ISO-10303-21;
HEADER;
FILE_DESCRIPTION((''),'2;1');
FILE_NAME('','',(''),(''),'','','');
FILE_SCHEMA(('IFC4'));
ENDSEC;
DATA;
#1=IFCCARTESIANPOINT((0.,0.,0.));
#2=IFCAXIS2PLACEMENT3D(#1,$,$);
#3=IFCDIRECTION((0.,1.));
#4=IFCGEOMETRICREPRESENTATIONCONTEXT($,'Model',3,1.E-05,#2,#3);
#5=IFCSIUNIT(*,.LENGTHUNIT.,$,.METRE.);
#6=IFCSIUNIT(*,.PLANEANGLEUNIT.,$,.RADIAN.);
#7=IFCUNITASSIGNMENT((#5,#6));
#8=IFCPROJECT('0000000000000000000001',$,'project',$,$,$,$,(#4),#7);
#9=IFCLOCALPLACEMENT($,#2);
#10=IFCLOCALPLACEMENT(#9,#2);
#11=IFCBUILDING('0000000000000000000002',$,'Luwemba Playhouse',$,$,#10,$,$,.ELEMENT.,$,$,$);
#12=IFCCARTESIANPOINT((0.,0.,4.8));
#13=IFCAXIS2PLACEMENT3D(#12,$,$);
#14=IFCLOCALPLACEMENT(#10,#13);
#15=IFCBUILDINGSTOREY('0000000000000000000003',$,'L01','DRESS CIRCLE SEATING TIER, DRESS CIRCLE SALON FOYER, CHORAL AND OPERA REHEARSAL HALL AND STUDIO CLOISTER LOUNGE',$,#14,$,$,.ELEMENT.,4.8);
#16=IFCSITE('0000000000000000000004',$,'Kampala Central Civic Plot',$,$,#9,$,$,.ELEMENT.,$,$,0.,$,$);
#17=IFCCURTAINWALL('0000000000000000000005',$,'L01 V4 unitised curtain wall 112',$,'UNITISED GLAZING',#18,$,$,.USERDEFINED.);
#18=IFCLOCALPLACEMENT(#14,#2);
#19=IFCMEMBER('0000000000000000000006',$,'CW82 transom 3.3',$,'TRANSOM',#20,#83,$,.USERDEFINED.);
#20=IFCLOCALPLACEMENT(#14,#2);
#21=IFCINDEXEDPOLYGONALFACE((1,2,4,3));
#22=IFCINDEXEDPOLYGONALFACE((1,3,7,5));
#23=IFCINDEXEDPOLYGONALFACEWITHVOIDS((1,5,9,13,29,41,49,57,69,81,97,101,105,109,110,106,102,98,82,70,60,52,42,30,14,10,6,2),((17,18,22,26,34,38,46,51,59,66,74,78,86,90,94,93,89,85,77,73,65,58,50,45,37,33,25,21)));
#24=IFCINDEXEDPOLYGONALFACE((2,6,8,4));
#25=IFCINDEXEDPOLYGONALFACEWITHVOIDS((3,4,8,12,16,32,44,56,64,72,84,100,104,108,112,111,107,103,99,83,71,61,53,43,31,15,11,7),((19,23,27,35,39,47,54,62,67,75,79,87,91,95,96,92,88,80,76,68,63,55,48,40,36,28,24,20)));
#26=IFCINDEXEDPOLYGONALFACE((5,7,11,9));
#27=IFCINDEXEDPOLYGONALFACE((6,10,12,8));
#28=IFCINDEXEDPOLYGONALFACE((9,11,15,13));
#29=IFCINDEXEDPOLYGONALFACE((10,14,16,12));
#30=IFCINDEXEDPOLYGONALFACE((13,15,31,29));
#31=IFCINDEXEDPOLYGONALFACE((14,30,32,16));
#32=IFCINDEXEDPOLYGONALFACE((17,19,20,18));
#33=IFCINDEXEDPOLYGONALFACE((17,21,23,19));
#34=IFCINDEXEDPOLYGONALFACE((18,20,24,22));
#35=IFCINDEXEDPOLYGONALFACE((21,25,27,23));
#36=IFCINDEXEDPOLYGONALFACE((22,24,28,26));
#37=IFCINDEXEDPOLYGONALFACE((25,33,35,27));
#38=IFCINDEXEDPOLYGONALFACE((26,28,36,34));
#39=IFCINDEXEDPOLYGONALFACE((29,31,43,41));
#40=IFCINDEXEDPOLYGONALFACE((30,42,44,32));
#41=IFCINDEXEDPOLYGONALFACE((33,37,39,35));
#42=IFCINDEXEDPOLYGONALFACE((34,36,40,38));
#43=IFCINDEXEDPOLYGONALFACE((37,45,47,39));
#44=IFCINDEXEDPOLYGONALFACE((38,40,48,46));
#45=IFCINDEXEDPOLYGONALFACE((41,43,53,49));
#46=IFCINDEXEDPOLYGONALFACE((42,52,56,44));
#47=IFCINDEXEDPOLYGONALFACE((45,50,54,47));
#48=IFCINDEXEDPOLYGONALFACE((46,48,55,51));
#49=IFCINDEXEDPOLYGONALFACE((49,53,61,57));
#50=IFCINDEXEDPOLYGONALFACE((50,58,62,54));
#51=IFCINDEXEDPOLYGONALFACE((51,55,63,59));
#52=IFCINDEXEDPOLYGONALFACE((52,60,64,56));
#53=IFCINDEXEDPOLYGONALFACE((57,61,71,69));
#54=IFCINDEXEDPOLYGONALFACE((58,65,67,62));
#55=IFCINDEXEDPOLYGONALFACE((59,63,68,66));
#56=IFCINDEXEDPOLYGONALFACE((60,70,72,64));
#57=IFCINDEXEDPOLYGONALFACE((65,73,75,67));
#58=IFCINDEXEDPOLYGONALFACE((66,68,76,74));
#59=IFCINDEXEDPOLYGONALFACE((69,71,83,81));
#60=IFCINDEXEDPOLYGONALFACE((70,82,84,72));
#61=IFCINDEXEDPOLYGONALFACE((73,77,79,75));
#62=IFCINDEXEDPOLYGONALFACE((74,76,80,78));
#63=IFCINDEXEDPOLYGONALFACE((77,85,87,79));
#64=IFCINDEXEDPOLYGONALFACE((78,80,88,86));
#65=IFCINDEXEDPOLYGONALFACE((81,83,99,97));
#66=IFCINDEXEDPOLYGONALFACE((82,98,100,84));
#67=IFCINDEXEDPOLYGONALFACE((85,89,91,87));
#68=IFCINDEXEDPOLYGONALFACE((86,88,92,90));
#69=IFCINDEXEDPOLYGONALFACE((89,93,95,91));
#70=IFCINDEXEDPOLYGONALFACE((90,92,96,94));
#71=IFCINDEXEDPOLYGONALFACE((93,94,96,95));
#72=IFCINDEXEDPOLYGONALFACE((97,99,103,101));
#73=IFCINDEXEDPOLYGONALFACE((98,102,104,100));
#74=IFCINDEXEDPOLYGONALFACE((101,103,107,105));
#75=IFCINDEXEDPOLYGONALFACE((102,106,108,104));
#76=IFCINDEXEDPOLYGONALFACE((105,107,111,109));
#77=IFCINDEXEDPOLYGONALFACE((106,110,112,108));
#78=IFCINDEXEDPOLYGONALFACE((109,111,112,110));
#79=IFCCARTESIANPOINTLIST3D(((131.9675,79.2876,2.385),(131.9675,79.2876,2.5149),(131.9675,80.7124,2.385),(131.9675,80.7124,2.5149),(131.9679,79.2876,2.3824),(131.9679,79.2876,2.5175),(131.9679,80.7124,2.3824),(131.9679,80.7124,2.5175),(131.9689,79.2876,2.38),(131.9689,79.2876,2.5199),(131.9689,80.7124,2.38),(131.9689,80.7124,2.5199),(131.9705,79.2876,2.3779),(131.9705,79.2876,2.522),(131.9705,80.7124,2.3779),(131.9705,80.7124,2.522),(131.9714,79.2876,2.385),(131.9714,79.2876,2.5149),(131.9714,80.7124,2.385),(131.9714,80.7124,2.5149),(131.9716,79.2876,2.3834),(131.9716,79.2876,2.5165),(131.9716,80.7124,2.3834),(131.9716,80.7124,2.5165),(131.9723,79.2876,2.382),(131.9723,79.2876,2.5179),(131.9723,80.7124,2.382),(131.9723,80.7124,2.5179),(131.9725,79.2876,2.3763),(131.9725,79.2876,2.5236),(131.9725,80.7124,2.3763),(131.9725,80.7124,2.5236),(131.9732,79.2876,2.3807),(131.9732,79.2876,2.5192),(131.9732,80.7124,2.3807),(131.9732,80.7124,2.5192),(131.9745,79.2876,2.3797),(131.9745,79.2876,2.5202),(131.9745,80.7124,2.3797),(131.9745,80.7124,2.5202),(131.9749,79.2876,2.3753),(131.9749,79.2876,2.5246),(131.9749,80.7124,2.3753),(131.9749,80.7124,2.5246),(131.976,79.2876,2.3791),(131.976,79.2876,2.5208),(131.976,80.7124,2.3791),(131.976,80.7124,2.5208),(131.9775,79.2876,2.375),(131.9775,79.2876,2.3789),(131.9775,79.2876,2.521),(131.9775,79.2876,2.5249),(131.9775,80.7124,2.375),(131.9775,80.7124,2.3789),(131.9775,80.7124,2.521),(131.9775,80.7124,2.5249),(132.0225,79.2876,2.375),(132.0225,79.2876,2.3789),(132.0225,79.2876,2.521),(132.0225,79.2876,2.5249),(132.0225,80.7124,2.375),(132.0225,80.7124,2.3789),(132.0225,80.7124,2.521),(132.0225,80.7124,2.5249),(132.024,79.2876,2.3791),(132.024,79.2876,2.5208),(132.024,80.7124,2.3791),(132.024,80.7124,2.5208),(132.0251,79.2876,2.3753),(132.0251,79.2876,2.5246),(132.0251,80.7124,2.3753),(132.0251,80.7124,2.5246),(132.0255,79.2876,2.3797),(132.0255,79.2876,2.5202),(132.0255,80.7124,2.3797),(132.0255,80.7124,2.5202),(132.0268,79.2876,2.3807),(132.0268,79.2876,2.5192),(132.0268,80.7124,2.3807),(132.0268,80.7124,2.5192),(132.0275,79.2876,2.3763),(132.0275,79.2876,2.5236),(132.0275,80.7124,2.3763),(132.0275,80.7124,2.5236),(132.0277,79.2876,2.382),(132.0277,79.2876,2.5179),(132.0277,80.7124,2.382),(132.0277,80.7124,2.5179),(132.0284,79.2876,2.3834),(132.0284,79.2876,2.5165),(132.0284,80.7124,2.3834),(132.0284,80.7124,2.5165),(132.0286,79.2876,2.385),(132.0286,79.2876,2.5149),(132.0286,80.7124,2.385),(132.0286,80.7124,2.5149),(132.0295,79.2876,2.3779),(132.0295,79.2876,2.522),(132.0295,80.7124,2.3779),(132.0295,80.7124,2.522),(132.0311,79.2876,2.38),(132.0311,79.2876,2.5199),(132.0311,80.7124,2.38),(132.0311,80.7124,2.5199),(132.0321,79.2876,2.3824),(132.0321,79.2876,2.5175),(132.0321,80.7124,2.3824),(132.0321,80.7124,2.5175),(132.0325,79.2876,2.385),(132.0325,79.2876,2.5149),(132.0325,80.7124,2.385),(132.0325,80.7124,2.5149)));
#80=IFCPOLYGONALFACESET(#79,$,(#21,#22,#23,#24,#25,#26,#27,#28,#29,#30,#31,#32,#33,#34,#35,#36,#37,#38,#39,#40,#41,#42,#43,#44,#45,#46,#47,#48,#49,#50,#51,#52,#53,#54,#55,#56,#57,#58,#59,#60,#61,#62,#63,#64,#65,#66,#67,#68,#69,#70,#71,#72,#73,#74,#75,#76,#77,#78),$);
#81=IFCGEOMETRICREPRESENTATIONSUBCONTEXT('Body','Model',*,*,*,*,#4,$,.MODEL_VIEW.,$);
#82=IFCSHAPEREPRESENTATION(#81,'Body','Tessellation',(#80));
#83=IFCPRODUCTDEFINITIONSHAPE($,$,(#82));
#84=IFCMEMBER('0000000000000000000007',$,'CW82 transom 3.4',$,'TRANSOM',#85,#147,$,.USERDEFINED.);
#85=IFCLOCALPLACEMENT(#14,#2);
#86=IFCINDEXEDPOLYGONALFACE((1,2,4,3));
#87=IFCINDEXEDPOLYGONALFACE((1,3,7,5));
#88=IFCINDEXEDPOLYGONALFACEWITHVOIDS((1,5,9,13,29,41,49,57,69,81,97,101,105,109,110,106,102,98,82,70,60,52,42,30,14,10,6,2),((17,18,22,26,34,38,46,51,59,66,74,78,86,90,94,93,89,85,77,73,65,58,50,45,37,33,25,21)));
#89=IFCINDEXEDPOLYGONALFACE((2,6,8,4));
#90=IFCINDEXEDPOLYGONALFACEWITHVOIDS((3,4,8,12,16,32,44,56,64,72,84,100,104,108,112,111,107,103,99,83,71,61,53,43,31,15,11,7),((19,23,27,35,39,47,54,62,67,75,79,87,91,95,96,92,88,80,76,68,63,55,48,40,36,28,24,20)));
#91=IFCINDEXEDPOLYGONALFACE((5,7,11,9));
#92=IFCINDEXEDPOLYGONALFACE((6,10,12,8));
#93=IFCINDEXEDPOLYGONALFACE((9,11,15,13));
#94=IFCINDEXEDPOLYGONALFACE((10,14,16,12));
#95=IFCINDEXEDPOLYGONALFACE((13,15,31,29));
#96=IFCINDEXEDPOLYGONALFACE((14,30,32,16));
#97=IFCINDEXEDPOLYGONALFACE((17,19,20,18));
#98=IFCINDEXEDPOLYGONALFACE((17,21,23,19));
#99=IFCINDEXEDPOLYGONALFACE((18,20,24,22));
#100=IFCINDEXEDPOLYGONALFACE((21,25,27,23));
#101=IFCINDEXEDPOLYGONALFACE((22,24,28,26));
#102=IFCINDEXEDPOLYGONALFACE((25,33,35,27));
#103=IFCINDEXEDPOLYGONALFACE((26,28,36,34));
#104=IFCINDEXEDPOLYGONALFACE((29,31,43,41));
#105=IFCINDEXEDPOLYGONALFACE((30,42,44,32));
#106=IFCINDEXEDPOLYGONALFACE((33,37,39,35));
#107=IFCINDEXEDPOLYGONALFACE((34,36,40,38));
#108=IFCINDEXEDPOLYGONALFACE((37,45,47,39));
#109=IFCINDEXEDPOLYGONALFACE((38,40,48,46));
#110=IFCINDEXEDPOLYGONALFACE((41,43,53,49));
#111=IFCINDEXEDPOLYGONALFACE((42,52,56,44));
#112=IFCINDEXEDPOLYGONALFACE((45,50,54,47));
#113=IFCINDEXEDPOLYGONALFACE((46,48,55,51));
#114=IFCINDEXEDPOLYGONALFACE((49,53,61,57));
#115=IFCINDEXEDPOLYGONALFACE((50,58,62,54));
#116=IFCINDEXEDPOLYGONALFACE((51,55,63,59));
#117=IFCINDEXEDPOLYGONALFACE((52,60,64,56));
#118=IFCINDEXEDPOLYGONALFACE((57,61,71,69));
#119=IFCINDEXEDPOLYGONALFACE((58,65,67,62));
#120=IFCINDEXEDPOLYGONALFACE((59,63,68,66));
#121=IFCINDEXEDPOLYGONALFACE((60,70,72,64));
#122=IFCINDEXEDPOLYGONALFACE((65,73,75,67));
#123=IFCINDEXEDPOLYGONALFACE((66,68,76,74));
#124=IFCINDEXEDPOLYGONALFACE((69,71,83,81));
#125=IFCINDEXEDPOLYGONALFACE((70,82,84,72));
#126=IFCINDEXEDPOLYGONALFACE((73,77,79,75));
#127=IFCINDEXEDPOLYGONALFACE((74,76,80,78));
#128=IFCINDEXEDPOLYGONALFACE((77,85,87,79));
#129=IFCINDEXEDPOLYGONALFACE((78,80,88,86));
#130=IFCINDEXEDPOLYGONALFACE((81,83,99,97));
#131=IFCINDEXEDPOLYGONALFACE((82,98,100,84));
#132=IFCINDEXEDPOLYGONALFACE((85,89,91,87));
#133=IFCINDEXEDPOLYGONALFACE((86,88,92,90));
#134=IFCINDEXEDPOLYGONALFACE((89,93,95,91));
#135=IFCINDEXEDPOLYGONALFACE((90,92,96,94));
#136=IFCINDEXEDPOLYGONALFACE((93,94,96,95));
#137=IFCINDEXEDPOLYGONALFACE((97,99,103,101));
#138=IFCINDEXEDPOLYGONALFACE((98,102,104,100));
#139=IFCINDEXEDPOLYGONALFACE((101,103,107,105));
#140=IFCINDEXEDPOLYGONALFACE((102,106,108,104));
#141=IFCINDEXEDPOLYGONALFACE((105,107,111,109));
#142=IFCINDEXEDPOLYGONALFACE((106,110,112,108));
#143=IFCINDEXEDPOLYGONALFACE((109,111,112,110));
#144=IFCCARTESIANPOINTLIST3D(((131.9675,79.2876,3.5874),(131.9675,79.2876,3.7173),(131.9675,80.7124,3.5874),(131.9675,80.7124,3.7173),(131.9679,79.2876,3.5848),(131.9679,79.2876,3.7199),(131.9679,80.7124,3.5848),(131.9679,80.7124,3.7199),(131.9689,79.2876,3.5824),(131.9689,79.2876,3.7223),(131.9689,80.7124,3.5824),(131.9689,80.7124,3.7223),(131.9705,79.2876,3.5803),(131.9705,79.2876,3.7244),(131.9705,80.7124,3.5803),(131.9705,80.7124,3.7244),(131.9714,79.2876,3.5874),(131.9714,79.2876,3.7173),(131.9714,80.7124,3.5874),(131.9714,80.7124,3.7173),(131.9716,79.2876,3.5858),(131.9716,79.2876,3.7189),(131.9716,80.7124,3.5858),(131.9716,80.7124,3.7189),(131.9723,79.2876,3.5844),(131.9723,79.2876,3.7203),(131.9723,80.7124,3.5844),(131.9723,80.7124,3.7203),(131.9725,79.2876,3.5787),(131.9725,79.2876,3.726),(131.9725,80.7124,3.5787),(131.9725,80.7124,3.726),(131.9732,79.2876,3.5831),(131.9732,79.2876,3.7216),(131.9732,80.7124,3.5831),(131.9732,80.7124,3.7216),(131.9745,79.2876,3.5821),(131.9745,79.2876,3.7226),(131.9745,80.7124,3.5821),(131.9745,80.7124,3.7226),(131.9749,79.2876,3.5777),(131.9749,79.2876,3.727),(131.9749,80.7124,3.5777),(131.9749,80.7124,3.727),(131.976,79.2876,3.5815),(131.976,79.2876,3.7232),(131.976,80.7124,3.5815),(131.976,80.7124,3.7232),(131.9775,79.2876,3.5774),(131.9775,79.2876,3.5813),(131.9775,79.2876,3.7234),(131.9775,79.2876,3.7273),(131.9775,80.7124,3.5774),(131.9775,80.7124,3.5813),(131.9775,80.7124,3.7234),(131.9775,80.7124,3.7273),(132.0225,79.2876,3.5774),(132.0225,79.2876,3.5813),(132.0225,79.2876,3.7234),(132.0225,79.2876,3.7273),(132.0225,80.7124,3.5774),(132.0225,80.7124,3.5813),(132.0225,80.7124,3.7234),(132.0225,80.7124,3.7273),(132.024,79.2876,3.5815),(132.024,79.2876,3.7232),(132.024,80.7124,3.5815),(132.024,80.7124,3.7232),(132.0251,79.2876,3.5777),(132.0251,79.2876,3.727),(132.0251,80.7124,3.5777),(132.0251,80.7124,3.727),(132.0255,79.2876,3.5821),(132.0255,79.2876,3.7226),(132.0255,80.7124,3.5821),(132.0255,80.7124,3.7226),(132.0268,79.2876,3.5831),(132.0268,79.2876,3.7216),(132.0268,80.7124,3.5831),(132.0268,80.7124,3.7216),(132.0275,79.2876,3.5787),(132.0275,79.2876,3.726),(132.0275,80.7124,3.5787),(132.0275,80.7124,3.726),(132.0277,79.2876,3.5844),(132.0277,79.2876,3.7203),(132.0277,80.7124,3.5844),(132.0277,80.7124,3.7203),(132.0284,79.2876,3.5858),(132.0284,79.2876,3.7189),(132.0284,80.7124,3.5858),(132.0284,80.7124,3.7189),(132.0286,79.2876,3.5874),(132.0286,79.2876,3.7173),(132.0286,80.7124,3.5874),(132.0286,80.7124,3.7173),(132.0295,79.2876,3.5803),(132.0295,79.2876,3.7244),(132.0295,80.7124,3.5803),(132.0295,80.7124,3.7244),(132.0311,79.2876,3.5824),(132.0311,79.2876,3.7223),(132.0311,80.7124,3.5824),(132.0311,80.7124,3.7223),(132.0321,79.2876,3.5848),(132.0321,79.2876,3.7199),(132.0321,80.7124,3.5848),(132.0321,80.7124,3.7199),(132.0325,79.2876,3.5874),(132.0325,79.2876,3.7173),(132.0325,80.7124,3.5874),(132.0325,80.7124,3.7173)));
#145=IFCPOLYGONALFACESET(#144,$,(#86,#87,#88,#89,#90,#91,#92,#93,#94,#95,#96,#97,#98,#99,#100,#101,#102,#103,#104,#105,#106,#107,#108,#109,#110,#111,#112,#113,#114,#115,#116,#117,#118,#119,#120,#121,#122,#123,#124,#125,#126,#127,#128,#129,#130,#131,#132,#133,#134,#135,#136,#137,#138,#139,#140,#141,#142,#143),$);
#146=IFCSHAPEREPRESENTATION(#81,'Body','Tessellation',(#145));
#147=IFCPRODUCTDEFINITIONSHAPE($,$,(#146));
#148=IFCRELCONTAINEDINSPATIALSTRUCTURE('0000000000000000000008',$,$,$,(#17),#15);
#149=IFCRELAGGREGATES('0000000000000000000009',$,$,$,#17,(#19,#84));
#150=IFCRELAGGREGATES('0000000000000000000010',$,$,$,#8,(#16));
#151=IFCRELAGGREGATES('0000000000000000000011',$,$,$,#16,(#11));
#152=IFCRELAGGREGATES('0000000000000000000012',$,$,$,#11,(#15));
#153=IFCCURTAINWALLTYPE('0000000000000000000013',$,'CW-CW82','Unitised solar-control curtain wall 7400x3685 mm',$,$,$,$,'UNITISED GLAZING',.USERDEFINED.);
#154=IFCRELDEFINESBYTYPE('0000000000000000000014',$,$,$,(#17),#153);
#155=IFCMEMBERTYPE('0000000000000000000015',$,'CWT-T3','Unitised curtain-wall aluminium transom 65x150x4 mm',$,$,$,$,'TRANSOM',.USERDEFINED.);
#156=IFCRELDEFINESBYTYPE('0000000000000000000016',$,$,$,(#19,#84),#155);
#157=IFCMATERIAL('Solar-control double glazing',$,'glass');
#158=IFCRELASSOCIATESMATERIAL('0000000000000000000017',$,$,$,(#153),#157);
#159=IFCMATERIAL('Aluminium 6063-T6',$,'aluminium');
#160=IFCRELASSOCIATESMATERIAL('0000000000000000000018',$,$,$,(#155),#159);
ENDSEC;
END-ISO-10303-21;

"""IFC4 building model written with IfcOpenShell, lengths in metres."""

from ifc_helpers import new_model, si_unit, direction, frame, origin, origin_2d, place, context, subcontext, project, spatial, hollow_rectangle, extrude, material, material_profile, profile_set, type_object, element, aggregate, save


model = new_model("IFC4")

# Units and contexts
model_context = context("Model", 3, precision=1e-05, world=origin(), true_north=direction((0.0, 1.0)))
body_context = subcontext(model_context, "Body", "Model", "MODEL_VIEW")
ifc_project = project(units=[si_unit("LENGTHUNIT", "METRE"), si_unit("PLANEANGLEUNIT", "RADIAN")], contexts=[model_context])

# Site, building, storey
site_placement = place(None, origin())
site = spatial("IfcSite", under=ifc_project, at=site_placement, Name="Kampala Central Civic Plot", CompositionType="ELEMENT", RefElevation=0.0)
building_placement = place(site_placement, origin())
building = spatial("IfcBuilding", under=site, at=building_placement, Name="Luwemba Playhouse", CompositionType="ELEMENT")
storey_placement = place(building_placement, frame((0.0, 0.0, 4.8)))
storey = spatial("IfcBuildingStorey", under=building, at=storey_placement, Name="L01", Description="DRESS CIRCLE SEATING TIER, DRESS CIRCLE SALON FOYER, CHORAL AND OPERA REHEARSAL HALL AND STUDIO CLOISTER LOUNGE", CompositionType="ELEMENT", Elevation=4.8)

# Curtain wall, members
ifc_material_1 = material(Name="Solar-control double glazing", Category="glass")
curtain_wall_type = type_object("IfcCurtainWallType", Name="CW-CW82", Description="Unitised solar-control curtain wall 7400x3685 mm", ElementType="UNITISED GLAZING", PredefinedType="USERDEFINED", material=ifc_material_1)
curtain_wall_placement = place(storey_placement, origin())
curtain_wall = element("IfcCurtainWall", 1, at=curtain_wall_placement, inside=storey, type_object=curtain_wall_type, Name="L01 V4 unitised curtain wall 112", ObjectType="UNITISED GLAZING", PredefinedType="USERDEFINED")
ifc_material_2 = material(Name="Aluminium 6063-T6", Category="aluminium")
ifc_material_profile_1 = material_profile(ifc_material_2, hollow_rectangle(XDim=0.0649, YDim=0.1499, WallThickness=0.0039, InnerFilletRadius=0.0061, OuterFilletRadius=0.01, at=origin_2d()))
ifc_profile_set_1 = profile_set([ifc_material_profile_1], Name="Aluminium 6063-T6")
member_type_1 = type_object("IfcMemberType", Name="CWT-T3", Description="Unitised curtain-wall aluminium transom 65x150x4 mm", ElementType="TRANSOM", PredefinedType="USERDEFINED", material=ifc_profile_set_1)
member_1_placement = place(storey_placement, frame((132.0, 79.2876, 2.45), z_axis=(0.0, 1.0, 0.0), x_axis=(-1.0, 0.0, 0.0)))
member_1 = element("IfcMember", 2, at=member_1_placement, type_object=member_type_1, Name="CW82 transom 3.3", ObjectType="TRANSOM", PredefinedType="USERDEFINED", context=body_context, shape_type="SweptSolid", body=[
    extrude(hollow_rectangle(XDim=0.0649, YDim=0.1499, WallThickness=0.0039, InnerFilletRadius=0.0061, OuterFilletRadius=0.01, at=origin_2d()), origin(), (0.0, 0.0, 1.0), 1.4248),
])
member_2_placement = place(storey_placement, frame((132.0, 79.2876, 3.6523), z_axis=(0.0, 1.0, 0.0), x_axis=(-1.0, 0.0, 0.0)))
member_2 = element("IfcMember", 3, at=member_2_placement, type_object=member_type_1, Name="CW82 transom 3.4", ObjectType="TRANSOM", PredefinedType="USERDEFINED", context=body_context, shape_type="SweptSolid", body=[
    extrude(hollow_rectangle(XDim=0.0649, YDim=0.1499, WallThickness=0.0039, InnerFilletRadius=0.0061, OuterFilletRadius=0.01, at=origin_2d()), origin(), (0.0, 0.0, 1.0), 1.4248),
])
aggregate(curtain_wall, [member_1, member_2])

save(model, "model.ifc")
